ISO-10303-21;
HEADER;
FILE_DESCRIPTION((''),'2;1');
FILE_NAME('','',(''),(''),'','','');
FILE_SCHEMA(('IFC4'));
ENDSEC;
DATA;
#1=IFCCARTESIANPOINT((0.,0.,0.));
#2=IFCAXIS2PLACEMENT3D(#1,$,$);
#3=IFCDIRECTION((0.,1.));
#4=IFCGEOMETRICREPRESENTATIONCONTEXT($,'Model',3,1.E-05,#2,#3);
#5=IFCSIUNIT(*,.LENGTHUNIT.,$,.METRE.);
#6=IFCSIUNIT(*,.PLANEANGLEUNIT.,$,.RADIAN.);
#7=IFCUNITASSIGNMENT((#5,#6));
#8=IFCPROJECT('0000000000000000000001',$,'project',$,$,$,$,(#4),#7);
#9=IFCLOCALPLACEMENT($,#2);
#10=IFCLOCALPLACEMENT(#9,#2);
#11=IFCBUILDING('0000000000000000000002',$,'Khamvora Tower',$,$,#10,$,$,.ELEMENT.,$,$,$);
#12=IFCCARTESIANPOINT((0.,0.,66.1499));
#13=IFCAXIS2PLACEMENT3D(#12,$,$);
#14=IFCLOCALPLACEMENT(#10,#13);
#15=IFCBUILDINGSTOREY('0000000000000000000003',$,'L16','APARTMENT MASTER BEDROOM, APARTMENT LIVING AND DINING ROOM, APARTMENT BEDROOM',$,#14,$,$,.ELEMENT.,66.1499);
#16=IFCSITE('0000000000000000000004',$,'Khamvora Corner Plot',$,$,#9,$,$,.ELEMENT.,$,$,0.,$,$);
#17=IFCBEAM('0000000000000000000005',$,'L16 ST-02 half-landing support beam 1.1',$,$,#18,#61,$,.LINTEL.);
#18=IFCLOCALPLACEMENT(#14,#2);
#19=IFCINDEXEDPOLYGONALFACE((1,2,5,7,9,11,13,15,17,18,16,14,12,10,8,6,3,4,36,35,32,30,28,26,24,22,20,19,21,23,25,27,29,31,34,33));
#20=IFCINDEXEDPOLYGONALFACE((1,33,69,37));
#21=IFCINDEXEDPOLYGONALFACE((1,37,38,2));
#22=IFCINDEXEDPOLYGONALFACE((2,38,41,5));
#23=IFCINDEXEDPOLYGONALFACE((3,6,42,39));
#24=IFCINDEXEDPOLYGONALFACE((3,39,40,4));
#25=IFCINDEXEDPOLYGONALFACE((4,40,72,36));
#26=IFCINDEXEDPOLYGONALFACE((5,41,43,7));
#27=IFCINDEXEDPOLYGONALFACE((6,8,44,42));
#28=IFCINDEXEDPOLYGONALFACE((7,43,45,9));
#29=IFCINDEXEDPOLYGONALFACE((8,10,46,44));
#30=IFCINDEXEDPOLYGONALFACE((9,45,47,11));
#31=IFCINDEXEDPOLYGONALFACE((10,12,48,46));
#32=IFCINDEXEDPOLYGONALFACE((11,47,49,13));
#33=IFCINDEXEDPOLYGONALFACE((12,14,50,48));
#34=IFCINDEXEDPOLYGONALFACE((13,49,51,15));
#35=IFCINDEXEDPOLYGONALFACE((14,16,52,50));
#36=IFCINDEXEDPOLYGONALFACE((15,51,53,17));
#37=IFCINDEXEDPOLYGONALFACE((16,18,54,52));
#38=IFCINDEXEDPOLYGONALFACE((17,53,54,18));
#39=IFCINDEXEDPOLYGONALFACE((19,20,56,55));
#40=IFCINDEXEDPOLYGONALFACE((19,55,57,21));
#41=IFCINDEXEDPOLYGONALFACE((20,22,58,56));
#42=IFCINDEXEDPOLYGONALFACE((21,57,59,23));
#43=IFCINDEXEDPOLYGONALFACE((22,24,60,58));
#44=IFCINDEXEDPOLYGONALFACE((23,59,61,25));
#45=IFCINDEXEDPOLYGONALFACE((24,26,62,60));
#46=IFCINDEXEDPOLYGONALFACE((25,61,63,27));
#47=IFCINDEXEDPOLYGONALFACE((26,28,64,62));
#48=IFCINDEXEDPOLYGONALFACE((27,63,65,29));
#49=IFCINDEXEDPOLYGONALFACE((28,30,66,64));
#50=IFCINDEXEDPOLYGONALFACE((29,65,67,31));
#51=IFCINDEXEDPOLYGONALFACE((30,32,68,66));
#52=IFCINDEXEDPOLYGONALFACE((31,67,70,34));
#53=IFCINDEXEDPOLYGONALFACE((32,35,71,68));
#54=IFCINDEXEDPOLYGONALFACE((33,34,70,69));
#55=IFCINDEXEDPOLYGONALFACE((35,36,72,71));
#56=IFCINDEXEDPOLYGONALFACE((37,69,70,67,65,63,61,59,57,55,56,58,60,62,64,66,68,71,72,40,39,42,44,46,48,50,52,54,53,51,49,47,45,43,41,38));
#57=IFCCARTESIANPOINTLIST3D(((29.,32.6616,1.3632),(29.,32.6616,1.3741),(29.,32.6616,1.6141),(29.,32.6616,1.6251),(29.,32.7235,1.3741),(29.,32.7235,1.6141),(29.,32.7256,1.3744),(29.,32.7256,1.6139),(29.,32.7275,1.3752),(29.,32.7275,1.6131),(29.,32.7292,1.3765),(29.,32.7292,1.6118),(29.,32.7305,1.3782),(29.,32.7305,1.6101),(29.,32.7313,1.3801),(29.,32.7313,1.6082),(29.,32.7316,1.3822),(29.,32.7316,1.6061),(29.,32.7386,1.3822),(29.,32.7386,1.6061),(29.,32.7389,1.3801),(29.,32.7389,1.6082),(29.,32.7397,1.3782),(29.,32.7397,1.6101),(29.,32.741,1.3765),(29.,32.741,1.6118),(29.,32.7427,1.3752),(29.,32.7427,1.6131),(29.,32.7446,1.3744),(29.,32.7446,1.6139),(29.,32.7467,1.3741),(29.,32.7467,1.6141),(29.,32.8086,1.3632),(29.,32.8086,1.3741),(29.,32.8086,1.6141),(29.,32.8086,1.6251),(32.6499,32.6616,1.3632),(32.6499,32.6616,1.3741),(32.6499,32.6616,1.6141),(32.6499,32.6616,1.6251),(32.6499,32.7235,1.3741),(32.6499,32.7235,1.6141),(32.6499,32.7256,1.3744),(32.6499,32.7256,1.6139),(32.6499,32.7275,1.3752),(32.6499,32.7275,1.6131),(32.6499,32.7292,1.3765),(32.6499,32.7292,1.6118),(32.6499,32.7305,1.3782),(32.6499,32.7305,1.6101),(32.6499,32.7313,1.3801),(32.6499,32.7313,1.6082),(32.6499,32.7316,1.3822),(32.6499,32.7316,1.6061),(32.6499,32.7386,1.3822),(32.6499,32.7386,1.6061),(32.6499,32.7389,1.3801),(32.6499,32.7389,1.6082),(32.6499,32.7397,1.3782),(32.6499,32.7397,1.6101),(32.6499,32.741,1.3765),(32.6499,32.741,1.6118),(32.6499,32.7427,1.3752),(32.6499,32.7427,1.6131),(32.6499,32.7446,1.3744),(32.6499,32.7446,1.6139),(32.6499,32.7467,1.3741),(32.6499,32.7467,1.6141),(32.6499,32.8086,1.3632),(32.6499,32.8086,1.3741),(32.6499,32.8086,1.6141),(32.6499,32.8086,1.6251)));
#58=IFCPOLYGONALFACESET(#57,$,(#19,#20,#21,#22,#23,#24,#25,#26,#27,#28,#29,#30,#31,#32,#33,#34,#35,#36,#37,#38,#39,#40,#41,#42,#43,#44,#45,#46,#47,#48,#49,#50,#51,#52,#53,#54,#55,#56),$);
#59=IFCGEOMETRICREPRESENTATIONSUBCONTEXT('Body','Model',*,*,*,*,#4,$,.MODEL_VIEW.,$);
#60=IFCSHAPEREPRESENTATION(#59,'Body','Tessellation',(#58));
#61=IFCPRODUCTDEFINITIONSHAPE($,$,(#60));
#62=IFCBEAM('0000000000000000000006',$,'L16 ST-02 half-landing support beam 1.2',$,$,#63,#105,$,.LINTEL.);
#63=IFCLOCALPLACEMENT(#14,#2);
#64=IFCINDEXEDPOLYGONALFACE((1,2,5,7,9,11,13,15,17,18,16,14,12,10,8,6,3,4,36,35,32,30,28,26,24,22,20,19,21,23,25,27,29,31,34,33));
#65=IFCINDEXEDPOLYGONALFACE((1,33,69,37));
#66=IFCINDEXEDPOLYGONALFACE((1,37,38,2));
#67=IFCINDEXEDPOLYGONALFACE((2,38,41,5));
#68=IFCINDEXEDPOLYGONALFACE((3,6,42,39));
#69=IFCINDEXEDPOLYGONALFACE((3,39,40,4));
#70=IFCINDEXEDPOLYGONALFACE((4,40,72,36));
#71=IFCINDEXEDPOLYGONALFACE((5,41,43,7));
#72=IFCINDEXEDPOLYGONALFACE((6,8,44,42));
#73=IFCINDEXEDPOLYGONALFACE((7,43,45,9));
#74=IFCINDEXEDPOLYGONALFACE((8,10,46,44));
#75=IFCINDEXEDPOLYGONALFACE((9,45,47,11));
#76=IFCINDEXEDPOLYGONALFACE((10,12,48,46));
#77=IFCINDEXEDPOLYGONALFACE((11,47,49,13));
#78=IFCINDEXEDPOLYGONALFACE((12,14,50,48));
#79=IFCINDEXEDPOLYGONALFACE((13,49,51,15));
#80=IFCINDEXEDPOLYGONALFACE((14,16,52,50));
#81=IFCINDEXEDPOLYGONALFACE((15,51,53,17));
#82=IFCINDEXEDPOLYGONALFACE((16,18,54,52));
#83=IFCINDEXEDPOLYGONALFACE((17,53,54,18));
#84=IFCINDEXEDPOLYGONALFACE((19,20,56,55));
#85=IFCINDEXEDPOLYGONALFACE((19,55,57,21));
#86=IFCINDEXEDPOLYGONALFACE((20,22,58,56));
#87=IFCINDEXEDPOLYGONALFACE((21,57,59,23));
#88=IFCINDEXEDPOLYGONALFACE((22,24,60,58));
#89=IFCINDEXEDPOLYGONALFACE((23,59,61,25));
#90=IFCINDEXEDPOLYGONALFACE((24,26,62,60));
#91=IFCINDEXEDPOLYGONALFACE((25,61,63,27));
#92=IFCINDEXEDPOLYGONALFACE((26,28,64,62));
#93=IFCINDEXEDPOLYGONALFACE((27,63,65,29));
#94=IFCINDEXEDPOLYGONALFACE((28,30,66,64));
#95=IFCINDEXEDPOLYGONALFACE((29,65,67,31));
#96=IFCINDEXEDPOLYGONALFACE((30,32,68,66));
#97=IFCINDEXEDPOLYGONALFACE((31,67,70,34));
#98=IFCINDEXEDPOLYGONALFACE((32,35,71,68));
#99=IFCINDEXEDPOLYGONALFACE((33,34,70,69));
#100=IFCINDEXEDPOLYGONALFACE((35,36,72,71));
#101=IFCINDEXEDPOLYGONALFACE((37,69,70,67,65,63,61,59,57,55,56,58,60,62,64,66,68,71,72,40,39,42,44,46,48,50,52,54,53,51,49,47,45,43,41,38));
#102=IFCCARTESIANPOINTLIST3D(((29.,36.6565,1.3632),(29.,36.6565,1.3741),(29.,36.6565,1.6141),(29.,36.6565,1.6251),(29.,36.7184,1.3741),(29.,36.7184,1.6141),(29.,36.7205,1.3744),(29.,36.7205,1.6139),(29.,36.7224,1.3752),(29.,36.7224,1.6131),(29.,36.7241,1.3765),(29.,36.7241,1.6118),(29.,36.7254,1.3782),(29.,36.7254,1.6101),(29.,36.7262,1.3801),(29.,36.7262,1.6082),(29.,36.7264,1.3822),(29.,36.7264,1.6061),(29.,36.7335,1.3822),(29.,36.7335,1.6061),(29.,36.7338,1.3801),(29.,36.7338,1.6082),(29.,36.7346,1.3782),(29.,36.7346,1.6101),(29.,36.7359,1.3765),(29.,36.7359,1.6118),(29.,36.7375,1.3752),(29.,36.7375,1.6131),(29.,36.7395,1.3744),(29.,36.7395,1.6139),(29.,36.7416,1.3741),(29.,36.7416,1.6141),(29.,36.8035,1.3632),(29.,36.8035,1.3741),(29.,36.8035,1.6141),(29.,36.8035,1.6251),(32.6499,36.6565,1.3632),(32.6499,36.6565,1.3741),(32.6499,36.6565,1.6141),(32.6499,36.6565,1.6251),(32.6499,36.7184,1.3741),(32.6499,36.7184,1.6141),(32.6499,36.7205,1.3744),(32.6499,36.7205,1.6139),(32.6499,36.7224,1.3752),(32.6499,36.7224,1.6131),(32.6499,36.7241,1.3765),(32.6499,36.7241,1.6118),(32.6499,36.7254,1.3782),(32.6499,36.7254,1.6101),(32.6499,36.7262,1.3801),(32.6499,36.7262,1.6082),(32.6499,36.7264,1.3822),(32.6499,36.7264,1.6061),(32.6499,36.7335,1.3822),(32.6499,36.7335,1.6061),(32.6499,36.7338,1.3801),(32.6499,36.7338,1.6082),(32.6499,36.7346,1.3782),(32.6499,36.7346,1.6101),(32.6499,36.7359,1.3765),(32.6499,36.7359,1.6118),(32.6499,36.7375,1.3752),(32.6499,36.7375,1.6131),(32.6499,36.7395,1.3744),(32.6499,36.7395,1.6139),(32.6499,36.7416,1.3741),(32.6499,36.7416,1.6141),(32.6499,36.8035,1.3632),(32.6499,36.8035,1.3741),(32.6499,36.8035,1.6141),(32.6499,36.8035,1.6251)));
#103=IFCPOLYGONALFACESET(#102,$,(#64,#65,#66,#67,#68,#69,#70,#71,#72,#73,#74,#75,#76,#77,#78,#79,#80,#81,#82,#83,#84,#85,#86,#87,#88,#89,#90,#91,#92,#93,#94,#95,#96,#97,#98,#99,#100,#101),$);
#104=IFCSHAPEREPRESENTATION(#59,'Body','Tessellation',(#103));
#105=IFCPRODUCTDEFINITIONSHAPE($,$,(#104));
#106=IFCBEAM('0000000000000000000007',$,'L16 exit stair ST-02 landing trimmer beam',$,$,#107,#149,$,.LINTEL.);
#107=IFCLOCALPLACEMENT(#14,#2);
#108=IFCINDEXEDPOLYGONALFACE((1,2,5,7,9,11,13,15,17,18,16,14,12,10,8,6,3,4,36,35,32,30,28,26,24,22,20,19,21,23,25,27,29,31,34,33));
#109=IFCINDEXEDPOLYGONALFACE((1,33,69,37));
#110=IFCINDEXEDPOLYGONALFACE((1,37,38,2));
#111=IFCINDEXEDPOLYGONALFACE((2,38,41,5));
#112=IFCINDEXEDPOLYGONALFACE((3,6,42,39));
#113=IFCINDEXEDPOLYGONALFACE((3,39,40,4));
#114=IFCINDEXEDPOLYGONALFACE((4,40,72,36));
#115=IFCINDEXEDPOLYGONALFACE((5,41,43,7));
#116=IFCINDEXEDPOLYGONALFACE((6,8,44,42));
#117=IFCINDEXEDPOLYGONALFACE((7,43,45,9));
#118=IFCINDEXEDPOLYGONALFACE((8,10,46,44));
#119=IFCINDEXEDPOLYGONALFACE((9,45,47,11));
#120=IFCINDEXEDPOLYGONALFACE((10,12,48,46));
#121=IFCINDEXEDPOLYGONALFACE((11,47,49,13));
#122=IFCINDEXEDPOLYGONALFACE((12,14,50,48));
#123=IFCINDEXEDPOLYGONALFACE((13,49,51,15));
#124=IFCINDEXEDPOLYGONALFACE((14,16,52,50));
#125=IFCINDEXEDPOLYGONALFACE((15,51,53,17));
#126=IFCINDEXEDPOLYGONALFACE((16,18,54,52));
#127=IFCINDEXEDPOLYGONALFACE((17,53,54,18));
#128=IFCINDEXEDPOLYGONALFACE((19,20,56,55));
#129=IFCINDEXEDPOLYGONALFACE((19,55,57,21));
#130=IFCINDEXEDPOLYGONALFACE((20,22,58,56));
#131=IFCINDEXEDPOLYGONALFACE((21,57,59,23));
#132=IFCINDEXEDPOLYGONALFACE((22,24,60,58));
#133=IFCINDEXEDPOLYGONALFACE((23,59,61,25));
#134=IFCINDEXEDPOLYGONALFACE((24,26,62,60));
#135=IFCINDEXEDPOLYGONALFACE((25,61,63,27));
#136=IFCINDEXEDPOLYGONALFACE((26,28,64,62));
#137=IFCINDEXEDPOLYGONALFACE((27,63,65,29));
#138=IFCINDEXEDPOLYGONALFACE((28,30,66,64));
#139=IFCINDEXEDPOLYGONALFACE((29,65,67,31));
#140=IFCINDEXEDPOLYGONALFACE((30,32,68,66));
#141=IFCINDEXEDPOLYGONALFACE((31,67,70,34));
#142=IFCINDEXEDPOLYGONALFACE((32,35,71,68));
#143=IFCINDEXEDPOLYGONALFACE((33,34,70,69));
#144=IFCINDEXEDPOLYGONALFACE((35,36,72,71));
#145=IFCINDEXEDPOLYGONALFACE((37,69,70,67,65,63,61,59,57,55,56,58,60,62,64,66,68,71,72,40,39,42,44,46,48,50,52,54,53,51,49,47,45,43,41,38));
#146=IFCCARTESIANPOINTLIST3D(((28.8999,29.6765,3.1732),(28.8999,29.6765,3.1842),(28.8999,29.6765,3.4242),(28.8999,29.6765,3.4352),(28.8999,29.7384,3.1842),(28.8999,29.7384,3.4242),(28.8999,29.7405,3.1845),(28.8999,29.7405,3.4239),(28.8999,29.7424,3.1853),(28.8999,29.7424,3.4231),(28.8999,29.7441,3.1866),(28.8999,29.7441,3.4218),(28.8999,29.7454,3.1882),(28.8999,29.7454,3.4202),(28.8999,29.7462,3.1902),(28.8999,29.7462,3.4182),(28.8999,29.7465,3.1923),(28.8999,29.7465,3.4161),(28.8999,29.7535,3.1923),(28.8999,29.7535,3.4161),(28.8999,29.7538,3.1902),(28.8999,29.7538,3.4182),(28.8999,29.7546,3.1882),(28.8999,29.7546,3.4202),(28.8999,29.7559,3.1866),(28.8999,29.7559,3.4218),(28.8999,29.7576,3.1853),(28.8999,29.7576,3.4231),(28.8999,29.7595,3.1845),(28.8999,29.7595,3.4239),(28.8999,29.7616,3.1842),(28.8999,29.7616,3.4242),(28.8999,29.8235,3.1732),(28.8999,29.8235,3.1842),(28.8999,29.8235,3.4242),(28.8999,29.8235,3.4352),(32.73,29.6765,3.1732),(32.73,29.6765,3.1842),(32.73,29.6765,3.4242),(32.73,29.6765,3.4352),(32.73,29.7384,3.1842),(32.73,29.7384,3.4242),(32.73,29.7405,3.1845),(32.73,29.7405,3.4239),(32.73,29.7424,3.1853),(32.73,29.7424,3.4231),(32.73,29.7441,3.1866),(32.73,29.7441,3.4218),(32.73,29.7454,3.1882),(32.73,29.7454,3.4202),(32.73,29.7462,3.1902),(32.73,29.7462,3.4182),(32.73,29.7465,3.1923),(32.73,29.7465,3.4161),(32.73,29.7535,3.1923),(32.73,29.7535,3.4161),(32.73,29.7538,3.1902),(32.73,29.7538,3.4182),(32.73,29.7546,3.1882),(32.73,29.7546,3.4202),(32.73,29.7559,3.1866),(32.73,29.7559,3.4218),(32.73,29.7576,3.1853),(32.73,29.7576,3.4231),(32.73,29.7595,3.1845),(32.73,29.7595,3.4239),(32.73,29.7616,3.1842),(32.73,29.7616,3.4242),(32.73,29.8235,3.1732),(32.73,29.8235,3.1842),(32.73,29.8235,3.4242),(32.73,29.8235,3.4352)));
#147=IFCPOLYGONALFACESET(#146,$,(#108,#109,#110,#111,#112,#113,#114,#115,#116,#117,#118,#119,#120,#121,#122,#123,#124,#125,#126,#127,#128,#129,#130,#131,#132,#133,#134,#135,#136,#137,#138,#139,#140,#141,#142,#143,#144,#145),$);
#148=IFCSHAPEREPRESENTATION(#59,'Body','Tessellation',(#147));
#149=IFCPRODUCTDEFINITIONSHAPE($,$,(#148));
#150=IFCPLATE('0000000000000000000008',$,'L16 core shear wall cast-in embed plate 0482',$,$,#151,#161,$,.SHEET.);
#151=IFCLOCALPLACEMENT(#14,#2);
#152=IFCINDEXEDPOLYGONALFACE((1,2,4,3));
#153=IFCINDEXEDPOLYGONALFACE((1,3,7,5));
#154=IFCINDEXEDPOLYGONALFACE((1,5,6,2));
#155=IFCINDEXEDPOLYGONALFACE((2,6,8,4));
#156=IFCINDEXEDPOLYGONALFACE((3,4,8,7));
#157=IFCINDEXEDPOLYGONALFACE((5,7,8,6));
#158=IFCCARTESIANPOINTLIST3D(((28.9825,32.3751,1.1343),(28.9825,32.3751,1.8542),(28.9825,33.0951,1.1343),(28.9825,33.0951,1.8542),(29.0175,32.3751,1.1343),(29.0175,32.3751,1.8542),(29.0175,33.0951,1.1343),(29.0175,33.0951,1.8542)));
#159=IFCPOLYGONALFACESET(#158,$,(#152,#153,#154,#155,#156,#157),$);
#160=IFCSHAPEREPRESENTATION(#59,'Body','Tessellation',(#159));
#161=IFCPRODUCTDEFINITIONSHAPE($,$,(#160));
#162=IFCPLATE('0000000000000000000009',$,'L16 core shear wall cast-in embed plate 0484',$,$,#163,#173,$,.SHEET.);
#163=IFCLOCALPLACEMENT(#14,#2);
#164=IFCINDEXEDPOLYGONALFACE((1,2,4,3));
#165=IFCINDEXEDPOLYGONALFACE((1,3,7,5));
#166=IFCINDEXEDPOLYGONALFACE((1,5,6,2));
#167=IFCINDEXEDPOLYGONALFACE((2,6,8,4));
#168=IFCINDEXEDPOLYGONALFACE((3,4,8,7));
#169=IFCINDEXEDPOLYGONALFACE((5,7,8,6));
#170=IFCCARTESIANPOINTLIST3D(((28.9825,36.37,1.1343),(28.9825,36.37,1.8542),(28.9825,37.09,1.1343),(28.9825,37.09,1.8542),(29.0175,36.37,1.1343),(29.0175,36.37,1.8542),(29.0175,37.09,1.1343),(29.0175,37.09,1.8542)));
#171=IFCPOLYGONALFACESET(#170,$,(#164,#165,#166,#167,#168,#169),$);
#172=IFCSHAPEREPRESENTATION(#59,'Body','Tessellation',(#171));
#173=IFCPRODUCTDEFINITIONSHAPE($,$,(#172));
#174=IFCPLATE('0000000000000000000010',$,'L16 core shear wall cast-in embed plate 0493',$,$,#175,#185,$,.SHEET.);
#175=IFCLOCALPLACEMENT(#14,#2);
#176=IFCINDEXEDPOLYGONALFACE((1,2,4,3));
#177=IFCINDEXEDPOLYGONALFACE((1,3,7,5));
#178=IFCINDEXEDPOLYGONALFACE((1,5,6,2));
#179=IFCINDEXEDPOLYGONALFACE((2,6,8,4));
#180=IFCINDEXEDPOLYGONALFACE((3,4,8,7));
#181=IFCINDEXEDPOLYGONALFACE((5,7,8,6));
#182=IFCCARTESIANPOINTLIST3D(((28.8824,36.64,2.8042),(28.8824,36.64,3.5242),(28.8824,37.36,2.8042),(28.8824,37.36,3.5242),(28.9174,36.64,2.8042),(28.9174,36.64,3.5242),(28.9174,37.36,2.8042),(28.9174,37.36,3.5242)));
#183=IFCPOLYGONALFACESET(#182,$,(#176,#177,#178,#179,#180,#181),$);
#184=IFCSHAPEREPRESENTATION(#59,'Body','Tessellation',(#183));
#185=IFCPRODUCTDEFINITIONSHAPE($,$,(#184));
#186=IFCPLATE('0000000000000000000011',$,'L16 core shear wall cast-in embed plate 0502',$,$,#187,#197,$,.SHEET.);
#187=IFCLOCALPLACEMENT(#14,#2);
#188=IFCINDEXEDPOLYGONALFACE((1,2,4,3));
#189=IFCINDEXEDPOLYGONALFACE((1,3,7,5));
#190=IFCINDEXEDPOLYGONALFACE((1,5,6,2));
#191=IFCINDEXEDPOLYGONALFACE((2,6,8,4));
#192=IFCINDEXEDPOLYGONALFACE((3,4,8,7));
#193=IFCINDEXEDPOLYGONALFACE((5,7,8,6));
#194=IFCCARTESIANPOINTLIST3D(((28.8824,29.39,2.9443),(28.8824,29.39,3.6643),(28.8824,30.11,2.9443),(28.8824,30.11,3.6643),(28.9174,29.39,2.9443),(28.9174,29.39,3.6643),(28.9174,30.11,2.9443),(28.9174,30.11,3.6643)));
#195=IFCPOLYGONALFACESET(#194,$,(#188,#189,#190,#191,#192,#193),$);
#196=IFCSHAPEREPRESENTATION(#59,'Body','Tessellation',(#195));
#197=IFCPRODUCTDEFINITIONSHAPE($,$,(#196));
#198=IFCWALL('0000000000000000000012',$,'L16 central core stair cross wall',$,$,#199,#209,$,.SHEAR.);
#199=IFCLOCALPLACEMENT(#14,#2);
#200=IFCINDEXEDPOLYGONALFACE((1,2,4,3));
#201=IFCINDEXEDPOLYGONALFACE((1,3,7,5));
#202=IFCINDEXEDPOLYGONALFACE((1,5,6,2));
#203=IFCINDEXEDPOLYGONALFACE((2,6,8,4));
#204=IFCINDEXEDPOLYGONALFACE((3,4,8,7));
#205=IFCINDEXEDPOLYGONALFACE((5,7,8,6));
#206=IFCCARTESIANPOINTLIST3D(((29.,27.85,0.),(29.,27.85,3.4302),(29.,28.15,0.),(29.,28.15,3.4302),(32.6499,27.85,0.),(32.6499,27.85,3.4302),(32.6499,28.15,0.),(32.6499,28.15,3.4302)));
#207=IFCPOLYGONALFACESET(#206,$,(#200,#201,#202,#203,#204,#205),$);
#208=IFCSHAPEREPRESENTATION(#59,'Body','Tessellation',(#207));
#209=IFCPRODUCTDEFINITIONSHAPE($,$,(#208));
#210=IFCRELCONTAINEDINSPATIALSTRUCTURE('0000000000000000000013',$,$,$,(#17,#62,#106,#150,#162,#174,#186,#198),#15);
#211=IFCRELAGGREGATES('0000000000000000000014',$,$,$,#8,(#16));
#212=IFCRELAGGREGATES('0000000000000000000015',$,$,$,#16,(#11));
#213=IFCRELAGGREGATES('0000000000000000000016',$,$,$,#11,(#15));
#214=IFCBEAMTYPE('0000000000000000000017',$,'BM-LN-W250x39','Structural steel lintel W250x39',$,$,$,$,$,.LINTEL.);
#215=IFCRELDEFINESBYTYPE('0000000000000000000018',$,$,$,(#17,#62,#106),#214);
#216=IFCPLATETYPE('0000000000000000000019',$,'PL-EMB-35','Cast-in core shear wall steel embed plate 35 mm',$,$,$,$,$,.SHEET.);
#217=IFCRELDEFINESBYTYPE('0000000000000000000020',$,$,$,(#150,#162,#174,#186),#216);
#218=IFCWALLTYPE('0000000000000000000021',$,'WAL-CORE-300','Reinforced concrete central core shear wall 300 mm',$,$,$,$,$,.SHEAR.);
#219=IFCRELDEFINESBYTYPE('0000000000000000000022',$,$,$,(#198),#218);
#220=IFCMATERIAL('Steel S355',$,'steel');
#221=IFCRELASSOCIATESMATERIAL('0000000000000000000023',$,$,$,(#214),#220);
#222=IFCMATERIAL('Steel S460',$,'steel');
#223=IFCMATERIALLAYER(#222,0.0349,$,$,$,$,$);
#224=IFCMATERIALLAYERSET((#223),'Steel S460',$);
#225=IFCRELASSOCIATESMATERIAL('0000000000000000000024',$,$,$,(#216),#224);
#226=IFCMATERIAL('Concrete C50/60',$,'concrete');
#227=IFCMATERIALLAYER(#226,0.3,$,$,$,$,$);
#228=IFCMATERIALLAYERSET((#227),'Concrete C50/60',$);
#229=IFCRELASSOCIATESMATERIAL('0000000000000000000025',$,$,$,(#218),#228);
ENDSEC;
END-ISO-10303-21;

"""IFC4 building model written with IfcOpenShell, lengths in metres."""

from ifc_helpers import new_model, si_unit, direction, frame, frame_2d, origin, origin_2d, place, context, subcontext, project, spatial, rectangle, i_section, extrude, material, layer, layer_set, material_profile, profile_set, type_object, element, save


model = new_model("IFC4")

# Units and contexts
model_context = context("Model", 3, precision=1e-05, world=origin(), true_north=direction((0.0, 1.0)))
body_context = subcontext(model_context, "Body", "Model", "MODEL_VIEW")
ifc_project = project(units=[si_unit("LENGTHUNIT", "METRE"), si_unit("PLANEANGLEUNIT", "RADIAN")], contexts=[model_context])

# Site, building, storey
site_placement = place(None, origin())
site = spatial("IfcSite", under=ifc_project, at=site_placement, Name="Khamvora Corner Plot", CompositionType="ELEMENT", RefElevation=0.0)
building_placement = place(site_placement, origin())
building = spatial("IfcBuilding", under=site, at=building_placement, Name="Khamvora Tower", CompositionType="ELEMENT")
storey_placement = place(building_placement, frame((0.0, 0.0, 66.1499)))
storey = spatial("IfcBuildingStorey", under=building, at=storey_placement, Name="L16", Description="APARTMENT MASTER BEDROOM, APARTMENT LIVING AND DINING ROOM, APARTMENT BEDROOM", CompositionType="ELEMENT", Elevation=66.1499)

# Beams
ifc_material_1 = material(Name="Steel S355", Category="steel")
ifc_material_profile = material_profile(ifc_material_1, i_section(OverallWidth=0.147, OverallDepth=0.262, WebThickness=0.0071, FlangeThickness=0.011, FilletRadius=0.0081, at=origin_2d()), Name="W250x39")
ifc_profile_set = profile_set([ifc_material_profile], Name="Steel S355")
beam_type = type_object("IfcBeamType", Name="BM-LN-W250x39", Description="Structural steel lintel W250x39", PredefinedType="LINTEL", material=ifc_profile_set)
for number, where, z_axis, x_axis, name in (
    (1, (29.0, 32.7351, 1.4941), (1.0, 0.0, 0.0), (0.0, 1.0, 0.0), "L16 ST-02 half-landing support beam 1.1"),
    (2, (29.0, 36.73, 1.4941), (1.0, 0.0, 0.0), (0.0, 1.0, 0.0), "L16 ST-02 half-landing support beam 1.2"),
):
    element("IfcBeam", number, at=place(storey_placement, frame(where, z_axis=z_axis, x_axis=x_axis)), inside=storey, type_object=beam_type, Name=name, PredefinedType="LINTEL", context=body_context, shape_type="SweptSolid", body=[
        extrude(i_section(OverallWidth=0.147, OverallDepth=0.262, WebThickness=0.0071, FlangeThickness=0.011, FilletRadius=0.0081, at=origin_2d()), origin(), (0.0, 0.0, 1.0), 3.6499),
    ])
beam_placement = place(storey_placement, frame((28.8999, 29.75, 3.3042), z_axis=(1.0, 0.0, 0.0), x_axis=(0.0, 1.0, 0.0)))
element("IfcBeam", 3, at=beam_placement, inside=storey, type_object=beam_type, Name="L16 exit stair ST-02 landing trimmer beam", PredefinedType="LINTEL", context=body_context, shape_type="SweptSolid", body=[
    extrude(i_section(OverallWidth=0.147, OverallDepth=0.262, WebThickness=0.0071, FlangeThickness=0.011, FilletRadius=0.0081, at=origin_2d()), origin(), (0.0, 0.0, 1.0), 3.8301),
])

# Plates
ifc_material_2 = material(Name="Steel S460", Category="steel")
ifc_layer_1 = layer(ifc_material_2, 0.0349)
ifc_layer_set_1 = layer_set([ifc_layer_1], Name="Steel S460")
plate_type = type_object("IfcPlateType", Name="PL-EMB-35", Description="Cast-in core shear wall steel embed plate 35 mm", PredefinedType="SHEET", material=ifc_layer_set_1)
for number, where, z_axis, x_axis, name in (
    (4, (29.0, 32.7351, 1.1343), (0.0, 0.0, 1.0), (1.0, 0.0, 0.0), "L16 core shear wall cast-in embed plate 0482"),
    (5, (29.0, 36.73, 1.1343), (0.0, 0.0, 1.0), (1.0, 0.0, 0.0), "L16 core shear wall cast-in embed plate 0484"),
    (6, (28.8999, 37.0, 2.8042), (0.0, 0.0, 1.0), (1.0, 0.0, 0.0), "L16 core shear wall cast-in embed plate 0493"),
    (7, (28.8999, 29.75, 2.9443), (0.0, 0.0, 1.0), (1.0, 0.0, 0.0), "L16 core shear wall cast-in embed plate 0502"),
):
    element("IfcPlate", number, at=place(storey_placement, frame(where, z_axis=z_axis, x_axis=x_axis)), inside=storey, type_object=plate_type, Name=name, PredefinedType="SHEET", context=body_context, shape_type="SweptSolid", body=[
        extrude(rectangle(XDim=0.0349, YDim=0.72, at=origin_2d()), origin(), (0.0, 0.0, 1.0), 0.72),
    ])

# Wall
ifc_material_3 = material(Name="Concrete C50/60", Category="concrete")
ifc_layer_2 = layer(ifc_material_3, 0.3)
ifc_layer_set_2 = layer_set([ifc_layer_2], Name="Concrete C50/60")
wall_type_1 = type_object("IfcWallType", Name="WAL-CORE-300", Description="Reinforced concrete central core shear wall 300 mm", PredefinedType="SHEAR", material=ifc_layer_set_2)
wall_1_placement = place(storey_placement, frame((29.0, 28.0, 0.0), z_axis=(0.0, 0.0, 1.0), x_axis=(1.0, 0.0, 0.0)))
element("IfcWall", 8, at=wall_1_placement, inside=storey, type_object=wall_type_1, Name="L16 central core stair cross wall", PredefinedType="SHEAR", context=body_context, shape_type="SweptSolid", body=[
    extrude(rectangle(XDim=3.6499, YDim=0.3, at=frame_2d((1.825, 0.0))), origin(), (0.0, 0.0, 1.0), 3.4302),
])

save(model, "model.ifc")
